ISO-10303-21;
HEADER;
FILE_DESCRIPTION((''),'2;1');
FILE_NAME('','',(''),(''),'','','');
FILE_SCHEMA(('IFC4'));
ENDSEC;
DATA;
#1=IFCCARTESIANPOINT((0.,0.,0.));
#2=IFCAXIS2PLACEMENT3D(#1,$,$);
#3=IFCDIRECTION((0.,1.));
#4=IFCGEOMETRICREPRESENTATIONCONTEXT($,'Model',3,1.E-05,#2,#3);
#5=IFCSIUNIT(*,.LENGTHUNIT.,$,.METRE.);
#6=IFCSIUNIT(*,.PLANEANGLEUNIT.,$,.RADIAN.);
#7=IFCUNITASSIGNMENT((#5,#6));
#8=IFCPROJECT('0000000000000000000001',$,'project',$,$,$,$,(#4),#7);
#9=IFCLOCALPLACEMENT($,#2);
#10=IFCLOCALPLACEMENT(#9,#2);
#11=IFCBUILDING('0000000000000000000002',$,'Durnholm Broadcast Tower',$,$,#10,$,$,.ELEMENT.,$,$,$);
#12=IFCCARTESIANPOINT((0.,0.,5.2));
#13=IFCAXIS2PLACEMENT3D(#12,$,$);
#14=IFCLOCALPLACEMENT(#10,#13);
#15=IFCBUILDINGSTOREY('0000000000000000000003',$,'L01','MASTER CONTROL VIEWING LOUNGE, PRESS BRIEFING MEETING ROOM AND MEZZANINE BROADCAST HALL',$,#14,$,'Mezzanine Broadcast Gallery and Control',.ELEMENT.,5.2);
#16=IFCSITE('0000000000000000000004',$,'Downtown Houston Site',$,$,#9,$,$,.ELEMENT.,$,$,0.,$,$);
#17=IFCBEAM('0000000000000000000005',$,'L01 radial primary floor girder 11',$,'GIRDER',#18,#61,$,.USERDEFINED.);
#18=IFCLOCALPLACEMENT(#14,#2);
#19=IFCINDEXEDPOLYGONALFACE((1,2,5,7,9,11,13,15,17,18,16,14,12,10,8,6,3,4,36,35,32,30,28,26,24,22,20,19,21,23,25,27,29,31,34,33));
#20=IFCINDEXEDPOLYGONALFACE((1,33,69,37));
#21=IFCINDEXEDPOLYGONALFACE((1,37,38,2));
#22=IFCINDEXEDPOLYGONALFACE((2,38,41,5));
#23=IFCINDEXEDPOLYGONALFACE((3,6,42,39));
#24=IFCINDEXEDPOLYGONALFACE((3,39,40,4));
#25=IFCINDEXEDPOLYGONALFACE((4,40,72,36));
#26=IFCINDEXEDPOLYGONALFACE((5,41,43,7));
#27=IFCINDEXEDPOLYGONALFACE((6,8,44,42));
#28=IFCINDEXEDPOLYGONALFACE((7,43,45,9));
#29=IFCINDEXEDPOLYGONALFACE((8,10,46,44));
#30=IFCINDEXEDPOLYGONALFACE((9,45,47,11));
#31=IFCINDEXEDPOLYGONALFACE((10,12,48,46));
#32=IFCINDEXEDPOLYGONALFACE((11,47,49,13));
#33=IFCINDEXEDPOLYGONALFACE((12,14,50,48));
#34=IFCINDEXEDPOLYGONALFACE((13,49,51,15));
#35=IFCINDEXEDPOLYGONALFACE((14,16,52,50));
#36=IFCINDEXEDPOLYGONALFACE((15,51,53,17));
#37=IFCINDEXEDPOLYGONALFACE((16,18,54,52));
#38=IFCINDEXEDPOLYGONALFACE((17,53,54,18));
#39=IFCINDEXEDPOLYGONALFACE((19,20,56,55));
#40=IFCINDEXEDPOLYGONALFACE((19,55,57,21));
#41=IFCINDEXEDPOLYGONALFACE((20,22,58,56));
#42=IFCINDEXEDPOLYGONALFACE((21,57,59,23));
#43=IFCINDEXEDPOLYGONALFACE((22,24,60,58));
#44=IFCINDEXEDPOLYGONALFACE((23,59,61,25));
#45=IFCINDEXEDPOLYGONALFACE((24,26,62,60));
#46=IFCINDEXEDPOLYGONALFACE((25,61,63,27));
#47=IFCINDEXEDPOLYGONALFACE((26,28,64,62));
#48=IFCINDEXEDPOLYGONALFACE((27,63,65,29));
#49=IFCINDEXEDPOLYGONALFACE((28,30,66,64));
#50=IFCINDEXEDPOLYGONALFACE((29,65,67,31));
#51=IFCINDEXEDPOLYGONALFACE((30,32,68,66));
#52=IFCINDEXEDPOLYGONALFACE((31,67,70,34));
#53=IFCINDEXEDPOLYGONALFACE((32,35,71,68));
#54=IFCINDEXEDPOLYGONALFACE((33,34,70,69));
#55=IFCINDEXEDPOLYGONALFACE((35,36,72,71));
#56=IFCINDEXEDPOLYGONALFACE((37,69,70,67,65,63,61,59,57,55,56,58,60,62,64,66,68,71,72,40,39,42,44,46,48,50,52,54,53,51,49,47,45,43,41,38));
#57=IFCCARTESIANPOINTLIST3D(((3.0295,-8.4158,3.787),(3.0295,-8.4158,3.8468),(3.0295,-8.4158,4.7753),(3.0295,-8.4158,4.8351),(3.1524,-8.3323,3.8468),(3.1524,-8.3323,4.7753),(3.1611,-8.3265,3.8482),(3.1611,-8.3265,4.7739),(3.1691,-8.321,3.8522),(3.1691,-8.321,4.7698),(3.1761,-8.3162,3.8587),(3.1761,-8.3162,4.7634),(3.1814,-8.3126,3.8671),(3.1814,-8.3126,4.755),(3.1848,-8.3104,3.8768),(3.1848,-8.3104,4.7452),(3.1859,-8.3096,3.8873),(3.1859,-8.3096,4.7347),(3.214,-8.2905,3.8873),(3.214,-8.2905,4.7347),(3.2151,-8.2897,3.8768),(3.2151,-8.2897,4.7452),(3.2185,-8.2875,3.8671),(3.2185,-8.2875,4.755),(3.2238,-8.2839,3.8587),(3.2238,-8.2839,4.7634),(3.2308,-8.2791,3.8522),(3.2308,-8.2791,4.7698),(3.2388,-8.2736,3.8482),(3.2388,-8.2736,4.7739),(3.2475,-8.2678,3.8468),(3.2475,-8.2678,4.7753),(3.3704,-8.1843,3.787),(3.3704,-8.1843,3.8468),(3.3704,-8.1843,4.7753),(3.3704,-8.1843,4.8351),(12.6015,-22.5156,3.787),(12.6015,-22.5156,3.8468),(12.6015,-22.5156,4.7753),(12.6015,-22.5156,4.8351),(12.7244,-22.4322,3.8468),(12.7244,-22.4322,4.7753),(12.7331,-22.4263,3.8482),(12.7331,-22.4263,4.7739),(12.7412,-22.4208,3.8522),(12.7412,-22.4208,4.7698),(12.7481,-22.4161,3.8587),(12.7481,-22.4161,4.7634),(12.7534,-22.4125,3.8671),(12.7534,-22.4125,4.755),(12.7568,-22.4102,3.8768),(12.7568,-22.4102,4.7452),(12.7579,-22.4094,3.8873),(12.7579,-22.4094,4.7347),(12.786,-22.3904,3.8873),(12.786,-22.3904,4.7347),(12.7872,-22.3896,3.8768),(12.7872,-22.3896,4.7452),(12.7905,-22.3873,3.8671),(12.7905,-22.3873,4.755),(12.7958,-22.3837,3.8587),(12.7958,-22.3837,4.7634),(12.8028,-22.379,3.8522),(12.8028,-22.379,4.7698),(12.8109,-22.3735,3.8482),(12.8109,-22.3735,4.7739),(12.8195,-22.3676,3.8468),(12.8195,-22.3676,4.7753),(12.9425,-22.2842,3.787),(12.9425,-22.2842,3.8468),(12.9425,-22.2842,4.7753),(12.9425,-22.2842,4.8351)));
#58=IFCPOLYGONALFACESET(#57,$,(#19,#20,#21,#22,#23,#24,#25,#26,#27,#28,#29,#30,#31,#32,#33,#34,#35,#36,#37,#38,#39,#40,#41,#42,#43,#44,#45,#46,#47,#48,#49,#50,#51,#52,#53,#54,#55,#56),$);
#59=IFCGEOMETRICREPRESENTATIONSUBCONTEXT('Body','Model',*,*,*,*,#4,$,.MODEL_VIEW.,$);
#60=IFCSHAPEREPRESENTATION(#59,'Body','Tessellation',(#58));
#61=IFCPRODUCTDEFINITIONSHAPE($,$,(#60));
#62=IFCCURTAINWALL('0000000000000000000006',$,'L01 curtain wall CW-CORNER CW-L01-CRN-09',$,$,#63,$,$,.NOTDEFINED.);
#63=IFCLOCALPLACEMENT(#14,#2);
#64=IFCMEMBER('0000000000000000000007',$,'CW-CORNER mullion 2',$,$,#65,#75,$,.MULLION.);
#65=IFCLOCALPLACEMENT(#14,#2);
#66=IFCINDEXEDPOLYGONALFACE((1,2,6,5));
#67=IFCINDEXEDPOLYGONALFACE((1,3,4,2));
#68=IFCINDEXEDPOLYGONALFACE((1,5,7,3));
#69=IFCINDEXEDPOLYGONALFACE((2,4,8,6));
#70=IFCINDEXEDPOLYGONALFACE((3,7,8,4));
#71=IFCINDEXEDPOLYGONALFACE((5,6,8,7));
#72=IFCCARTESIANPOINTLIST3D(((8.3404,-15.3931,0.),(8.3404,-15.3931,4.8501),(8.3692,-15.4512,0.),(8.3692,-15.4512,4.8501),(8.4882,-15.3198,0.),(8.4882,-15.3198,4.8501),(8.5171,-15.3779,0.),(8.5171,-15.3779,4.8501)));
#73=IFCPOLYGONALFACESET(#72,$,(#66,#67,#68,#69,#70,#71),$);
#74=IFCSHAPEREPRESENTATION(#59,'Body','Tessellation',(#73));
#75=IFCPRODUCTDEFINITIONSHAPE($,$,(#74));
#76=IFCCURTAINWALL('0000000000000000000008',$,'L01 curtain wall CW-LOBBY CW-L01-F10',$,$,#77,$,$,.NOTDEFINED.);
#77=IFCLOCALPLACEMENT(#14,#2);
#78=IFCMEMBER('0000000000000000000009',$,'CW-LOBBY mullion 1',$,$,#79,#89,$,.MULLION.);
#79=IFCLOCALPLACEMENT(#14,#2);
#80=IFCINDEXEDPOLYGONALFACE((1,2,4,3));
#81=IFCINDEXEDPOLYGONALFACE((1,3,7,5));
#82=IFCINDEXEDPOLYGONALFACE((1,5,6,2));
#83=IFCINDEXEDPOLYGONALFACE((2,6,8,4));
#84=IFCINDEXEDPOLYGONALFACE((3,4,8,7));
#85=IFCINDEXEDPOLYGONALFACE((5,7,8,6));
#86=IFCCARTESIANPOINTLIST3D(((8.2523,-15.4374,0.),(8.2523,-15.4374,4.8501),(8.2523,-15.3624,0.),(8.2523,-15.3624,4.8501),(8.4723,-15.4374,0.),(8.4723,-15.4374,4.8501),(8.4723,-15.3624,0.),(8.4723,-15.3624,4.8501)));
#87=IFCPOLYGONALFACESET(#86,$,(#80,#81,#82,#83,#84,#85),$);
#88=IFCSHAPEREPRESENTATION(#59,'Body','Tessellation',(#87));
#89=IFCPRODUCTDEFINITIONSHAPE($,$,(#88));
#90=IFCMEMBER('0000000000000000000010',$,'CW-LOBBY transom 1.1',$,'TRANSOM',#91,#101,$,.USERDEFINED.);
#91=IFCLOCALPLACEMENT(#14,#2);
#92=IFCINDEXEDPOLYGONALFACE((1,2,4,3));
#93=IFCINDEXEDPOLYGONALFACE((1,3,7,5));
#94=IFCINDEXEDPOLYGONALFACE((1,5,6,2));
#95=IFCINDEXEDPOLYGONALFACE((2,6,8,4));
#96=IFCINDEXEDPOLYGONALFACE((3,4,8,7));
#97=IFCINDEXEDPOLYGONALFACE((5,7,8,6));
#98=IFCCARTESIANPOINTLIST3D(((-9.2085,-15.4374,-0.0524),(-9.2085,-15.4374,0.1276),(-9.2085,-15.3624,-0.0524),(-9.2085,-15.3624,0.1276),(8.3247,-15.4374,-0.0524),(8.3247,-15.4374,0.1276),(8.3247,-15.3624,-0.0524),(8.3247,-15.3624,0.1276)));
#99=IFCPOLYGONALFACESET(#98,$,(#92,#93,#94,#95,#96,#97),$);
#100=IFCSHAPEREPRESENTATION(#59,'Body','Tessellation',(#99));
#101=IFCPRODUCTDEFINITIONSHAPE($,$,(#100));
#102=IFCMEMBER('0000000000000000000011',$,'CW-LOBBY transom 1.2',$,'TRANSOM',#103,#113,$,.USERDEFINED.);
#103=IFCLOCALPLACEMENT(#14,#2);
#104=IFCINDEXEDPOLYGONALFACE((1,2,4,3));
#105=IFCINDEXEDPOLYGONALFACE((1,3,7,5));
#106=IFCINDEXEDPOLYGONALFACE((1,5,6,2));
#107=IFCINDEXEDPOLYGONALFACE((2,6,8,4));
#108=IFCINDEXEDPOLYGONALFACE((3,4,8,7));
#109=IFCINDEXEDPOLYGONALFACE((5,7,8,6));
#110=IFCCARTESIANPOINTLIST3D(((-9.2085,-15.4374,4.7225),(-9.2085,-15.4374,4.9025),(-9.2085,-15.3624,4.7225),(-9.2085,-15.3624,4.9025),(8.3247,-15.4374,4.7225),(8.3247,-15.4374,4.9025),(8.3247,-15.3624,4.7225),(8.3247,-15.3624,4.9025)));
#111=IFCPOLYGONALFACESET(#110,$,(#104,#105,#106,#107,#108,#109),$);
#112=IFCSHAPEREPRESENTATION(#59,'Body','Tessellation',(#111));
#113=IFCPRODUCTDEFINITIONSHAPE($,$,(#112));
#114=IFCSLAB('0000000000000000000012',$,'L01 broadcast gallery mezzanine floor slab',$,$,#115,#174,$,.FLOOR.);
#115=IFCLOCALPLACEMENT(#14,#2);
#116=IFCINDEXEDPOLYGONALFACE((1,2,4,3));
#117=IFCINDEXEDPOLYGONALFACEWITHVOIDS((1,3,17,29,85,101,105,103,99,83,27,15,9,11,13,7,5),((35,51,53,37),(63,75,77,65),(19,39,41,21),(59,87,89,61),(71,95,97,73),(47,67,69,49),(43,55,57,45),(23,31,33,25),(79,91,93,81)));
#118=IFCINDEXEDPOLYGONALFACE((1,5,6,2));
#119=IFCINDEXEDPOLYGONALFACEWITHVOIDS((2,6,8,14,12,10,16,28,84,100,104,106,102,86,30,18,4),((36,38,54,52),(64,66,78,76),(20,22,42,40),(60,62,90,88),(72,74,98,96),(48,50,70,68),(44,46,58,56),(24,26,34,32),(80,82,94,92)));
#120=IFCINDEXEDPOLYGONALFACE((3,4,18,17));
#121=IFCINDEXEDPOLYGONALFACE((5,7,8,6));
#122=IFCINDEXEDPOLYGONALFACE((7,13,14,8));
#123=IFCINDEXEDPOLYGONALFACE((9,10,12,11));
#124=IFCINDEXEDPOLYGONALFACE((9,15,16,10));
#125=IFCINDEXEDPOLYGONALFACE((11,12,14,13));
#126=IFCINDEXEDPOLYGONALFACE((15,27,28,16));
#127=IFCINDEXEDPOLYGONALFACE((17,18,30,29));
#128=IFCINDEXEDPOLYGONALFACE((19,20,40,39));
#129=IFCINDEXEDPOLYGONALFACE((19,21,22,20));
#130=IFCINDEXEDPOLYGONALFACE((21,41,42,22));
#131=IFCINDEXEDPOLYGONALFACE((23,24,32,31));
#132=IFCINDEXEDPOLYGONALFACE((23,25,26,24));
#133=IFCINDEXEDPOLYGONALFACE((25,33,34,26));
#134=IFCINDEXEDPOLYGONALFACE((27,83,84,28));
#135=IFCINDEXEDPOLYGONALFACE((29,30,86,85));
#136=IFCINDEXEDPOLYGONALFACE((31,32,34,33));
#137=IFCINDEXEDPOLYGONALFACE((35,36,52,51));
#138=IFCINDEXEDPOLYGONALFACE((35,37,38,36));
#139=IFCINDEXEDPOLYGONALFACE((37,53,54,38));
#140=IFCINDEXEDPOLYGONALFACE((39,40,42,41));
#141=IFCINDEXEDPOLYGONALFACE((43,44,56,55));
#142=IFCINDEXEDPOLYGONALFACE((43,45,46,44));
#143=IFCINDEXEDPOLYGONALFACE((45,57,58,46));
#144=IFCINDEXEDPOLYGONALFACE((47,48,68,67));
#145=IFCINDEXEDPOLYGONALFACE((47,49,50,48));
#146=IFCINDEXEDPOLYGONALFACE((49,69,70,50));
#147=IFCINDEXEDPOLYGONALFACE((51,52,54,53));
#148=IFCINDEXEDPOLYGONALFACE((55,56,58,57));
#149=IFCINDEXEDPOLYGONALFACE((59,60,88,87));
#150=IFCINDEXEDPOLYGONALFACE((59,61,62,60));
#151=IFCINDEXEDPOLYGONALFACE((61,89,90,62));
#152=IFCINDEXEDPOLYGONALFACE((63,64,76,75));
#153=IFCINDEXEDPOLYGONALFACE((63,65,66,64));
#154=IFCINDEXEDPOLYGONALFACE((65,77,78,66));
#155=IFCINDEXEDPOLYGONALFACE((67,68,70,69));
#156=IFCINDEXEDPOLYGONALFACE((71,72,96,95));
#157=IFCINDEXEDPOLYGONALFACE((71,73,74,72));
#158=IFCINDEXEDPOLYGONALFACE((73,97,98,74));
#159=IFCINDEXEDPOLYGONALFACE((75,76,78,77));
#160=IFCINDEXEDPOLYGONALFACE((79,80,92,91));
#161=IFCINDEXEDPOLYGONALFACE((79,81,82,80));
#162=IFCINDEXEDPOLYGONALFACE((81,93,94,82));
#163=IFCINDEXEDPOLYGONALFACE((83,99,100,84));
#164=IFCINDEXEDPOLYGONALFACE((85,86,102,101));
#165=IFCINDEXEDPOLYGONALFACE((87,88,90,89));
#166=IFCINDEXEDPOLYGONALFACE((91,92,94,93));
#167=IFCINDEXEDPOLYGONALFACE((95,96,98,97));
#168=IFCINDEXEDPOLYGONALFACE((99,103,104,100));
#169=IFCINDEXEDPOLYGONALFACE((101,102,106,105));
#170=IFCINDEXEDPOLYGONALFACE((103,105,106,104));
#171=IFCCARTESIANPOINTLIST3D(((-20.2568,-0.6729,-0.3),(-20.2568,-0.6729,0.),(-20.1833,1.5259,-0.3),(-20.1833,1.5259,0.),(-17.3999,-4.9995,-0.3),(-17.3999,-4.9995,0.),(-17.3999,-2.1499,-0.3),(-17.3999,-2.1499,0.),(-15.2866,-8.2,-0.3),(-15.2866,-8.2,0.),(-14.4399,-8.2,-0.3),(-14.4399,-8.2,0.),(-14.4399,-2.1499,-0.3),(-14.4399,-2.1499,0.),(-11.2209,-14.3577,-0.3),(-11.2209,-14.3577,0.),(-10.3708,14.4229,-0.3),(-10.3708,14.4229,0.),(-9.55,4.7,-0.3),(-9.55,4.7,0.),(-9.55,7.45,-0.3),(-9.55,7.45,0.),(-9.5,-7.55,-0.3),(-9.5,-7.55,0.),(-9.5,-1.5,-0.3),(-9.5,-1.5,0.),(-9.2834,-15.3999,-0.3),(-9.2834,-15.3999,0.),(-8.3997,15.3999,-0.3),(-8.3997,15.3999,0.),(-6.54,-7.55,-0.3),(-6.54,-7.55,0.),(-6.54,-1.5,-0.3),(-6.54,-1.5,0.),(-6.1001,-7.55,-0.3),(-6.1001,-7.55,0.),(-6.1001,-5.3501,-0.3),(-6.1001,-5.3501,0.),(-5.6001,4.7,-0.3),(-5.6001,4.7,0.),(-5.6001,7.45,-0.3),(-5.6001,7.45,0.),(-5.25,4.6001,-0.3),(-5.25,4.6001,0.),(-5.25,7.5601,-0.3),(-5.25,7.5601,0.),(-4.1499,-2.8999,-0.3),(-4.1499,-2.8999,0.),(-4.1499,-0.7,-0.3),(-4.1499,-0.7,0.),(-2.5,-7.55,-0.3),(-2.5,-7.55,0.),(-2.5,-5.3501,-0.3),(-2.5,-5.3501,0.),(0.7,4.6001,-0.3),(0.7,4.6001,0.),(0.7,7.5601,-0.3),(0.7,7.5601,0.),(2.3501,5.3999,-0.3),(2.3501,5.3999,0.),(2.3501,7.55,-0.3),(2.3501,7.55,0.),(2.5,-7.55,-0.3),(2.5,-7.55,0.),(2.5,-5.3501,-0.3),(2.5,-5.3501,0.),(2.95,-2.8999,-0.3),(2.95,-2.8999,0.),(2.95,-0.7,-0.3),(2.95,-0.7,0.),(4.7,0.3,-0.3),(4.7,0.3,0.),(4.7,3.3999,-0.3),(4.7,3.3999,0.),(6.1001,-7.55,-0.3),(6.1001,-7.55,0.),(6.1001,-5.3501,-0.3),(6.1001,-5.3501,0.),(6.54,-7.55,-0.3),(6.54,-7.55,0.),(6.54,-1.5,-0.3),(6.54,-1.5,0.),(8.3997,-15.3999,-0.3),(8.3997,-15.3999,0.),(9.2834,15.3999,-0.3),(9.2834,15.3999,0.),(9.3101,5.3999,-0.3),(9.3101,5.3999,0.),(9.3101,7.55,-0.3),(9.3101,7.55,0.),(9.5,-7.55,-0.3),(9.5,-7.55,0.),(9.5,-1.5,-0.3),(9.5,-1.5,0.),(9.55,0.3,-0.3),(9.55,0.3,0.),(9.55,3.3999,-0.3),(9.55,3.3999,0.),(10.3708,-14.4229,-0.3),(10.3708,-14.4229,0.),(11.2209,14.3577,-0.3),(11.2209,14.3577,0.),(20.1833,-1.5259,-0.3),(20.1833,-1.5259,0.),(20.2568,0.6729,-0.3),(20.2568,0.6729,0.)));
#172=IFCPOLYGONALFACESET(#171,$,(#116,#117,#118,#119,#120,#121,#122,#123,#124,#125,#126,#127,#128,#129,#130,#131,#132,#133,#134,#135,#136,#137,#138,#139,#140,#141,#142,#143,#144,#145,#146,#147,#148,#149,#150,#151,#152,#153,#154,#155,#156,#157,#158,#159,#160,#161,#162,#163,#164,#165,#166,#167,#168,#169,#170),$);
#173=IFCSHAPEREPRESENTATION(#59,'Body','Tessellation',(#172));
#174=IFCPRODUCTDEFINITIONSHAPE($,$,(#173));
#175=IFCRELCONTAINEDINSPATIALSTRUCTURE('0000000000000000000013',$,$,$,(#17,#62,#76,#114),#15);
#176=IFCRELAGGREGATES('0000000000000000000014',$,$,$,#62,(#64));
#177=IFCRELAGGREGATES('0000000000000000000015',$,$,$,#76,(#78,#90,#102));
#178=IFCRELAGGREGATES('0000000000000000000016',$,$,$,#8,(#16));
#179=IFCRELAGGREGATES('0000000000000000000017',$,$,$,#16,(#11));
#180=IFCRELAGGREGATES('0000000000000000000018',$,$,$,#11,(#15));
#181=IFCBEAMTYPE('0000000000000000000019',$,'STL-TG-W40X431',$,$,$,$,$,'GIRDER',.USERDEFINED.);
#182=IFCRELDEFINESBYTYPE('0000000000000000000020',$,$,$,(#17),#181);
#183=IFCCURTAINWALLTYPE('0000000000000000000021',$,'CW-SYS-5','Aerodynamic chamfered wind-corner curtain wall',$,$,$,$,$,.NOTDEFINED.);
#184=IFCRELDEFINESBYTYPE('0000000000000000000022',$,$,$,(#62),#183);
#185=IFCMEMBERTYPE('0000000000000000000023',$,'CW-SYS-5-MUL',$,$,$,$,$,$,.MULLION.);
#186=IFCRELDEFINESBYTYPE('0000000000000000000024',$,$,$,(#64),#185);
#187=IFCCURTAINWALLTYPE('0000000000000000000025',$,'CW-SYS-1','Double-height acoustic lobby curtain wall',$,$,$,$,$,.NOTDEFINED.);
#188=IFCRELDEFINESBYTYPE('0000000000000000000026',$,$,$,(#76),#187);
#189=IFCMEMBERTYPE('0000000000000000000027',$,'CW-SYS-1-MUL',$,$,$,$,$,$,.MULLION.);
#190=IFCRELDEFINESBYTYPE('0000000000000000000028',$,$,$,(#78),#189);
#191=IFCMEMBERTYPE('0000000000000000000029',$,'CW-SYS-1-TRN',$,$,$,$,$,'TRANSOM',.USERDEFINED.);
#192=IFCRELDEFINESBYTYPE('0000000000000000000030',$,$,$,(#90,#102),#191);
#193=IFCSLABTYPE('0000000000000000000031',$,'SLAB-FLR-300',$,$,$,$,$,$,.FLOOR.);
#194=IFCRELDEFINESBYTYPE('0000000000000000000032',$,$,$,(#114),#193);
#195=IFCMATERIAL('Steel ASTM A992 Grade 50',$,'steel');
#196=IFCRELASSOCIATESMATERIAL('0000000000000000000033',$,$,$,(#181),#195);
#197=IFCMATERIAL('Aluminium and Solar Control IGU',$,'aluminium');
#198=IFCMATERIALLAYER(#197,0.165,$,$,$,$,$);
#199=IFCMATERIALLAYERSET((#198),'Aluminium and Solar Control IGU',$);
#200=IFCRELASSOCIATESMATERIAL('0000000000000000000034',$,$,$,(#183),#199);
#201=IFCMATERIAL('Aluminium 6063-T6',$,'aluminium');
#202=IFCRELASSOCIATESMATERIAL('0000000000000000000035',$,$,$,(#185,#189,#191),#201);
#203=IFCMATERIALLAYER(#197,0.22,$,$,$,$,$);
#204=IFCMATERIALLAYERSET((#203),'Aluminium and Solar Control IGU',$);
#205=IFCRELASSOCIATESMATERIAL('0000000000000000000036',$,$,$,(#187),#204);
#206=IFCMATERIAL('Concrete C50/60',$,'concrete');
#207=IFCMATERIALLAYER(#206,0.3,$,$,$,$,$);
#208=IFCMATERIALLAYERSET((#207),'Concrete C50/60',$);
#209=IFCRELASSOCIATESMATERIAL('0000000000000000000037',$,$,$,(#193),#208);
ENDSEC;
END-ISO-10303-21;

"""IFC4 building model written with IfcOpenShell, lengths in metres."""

from ifc_helpers import new_model, si_unit, direction, frame, origin, origin_2d, place, context, subcontext, project, spatial, polyline, rectangle, i_section, outline, extrude, source, transform, mapped, material, layer, layer_set, material_profile, profile_set, type_object, type_shapes, element, aggregate, save


model = new_model("IFC4")

# Units and contexts
model_context = context("Model", 3, precision=1e-05, world=origin(), true_north=direction((0.0, 1.0)))
body_context = subcontext(model_context, "Body", "Model", "MODEL_VIEW")
ifc_project = project(units=[si_unit("LENGTHUNIT", "METRE"), si_unit("PLANEANGLEUNIT", "RADIAN")], contexts=[model_context])

# Site, building, storey
site_placement = place(None, origin())
site = spatial("IfcSite", under=ifc_project, at=site_placement, Name="Downtown Houston Site", CompositionType="ELEMENT", RefElevation=0.0)
building_placement = place(site_placement, origin())
building = spatial("IfcBuilding", under=site, at=building_placement, Name="Durnholm Broadcast Tower", CompositionType="ELEMENT")
storey_placement = place(building_placement, frame((0.0, 0.0, 5.2)))
storey = spatial("IfcBuildingStorey", under=building, at=storey_placement, Name="L01", Description="MASTER CONTROL VIEWING LOUNGE, PRESS BRIEFING MEETING ROOM AND MEZZANINE BROADCAST HALL", LongName="Mezzanine Broadcast Gallery and Control", CompositionType="ELEMENT", Elevation=5.2)

# Shared definitions
ifc_material_1 = material(Name="Steel ASTM A992 Grade 50", Category="steel")

# Beam
ifc_material_profile_1 = material_profile(ifc_material_1, i_section(OverallWidth=0.4121, OverallDepth=1.0481, WebThickness=0.0339, FlangeThickness=0.0598, FilletRadius=0.0405, at=origin_2d()), Name="W40X431")
ifc_profile_set_1 = profile_set([ifc_material_profile_1], Name="Steel ASTM A992 Grade 50")
beam_type = type_object("IfcBeamType", Name="STL-TG-W40X431", ElementType="GIRDER", PredefinedType="USERDEFINED", material=ifc_profile_set_1)
shared_shape_1 = source(origin(), body_context, "Body", "SweptSolid", [
    extrude(i_section(OverallWidth=0.4121, OverallDepth=1.0481, WebThickness=0.0339, FlangeThickness=0.0598, FilletRadius=0.0405, at=origin_2d()), origin(), (0.0, 0.0, 1.0), 17.042),
])
beam_1_placement = place(storey_placement, frame((3.2, -8.3, 4.311), z_axis=(0.561673, -0.82736, 0.0), x_axis=(0.82736, 0.561673, 0.0)))
element("IfcBeam", 1, at=beam_1_placement, inside=storey, type_object=beam_type, Name="L01 radial primary floor girder 11", ObjectType="GIRDER", PredefinedType="USERDEFINED", context=body_context, shape_type="MappedRepresentation", body=[
    mapped(shared_shape_1, transform((0.0, 0.0, 0.0), x_axis=(1.0, 0.0, 0.0), y_axis=(0.0, 1.0, 0.0), z_axis=(0.0, 0.0, 1.0), scale=1.0)),
])

# Curtain wall, member
ifc_material_2 = material(Name="Aluminium and Solar Control IGU", Category="aluminium")
ifc_layer_1 = layer(ifc_material_2, 0.165)
ifc_layer_set_1 = layer_set([ifc_layer_1], Name="Aluminium and Solar Control IGU")
curtain_wall_type_1 = type_object("IfcCurtainWallType", Name="CW-SYS-5", Description="Aerodynamic chamfered wind-corner curtain wall", PredefinedType="NOTDEFINED", material=ifc_layer_set_1)
curtain_wall_1_placement = place(storey_placement, origin())
curtain_wall_1 = element("IfcCurtainWall", 2, at=curtain_wall_1_placement, inside=storey, type_object=curtain_wall_type_1, Name="L01 curtain wall CW-CORNER CW-L01-CRN-09", PredefinedType="NOTDEFINED")
ifc_material_3 = material(Name="Aluminium 6063-T6", Category="aluminium")
ifc_material_profile_2 = material_profile(ifc_material_3, rectangle(XDim=0.0649, YDim=0.165, at=origin_2d()), Name="CWM65X165")
ifc_profile_set_2 = profile_set([ifc_material_profile_2], Name="Aluminium 6063-T6")
member_type_1 = type_object("IfcMemberType", Name="CW-SYS-5-MUL", PredefinedType="MULLION", material=ifc_profile_set_2)
shared_shape_2 = source(origin(), body_context, "Body", "SweptSolid", [
    extrude(rectangle(XDim=0.0649, YDim=0.165, at=origin_2d()), origin(), (0.0, 0.0, 1.0), 4.8501),
])
type_shapes(member_type_1, [shared_shape_2])
member_1_placement = place(storey_placement, frame((8.4287, -15.3855, 0.0), z_axis=(0.0, 0.0, 1.0), x_axis=(0.444138, -0.895958, 0.0)))
member_1 = element("IfcMember", 3, at=member_1_placement, type_object=member_type_1, Name="CW-CORNER mullion 2", PredefinedType="MULLION", context=body_context, shape_type="MappedRepresentation", body=[
    mapped(shared_shape_2, transform((0.0, 0.0, 0.0), x_axis=(1.0, 0.0, 0.0), y_axis=(0.0, 1.0, 0.0), z_axis=(0.0, 0.0, 1.0), scale=1.0)),
])

# Curtain wall, members
ifc_layer_2 = layer(ifc_material_2, 0.22)
ifc_layer_set_2 = layer_set([ifc_layer_2], Name="Aluminium and Solar Control IGU")
curtain_wall_type_2 = type_object("IfcCurtainWallType", Name="CW-SYS-1", Description="Double-height acoustic lobby curtain wall", PredefinedType="NOTDEFINED", material=ifc_layer_set_2)
curtain_wall_2_placement = place(storey_placement, origin())
curtain_wall_2 = element("IfcCurtainWall", 4, at=curtain_wall_2_placement, inside=storey, type_object=curtain_wall_type_2, Name="L01 curtain wall CW-LOBBY CW-L01-F10", PredefinedType="NOTDEFINED")
ifc_material_profile_3 = material_profile(ifc_material_3, rectangle(XDim=0.075, YDim=0.22, at=origin_2d()), Name="CWM75X220")
ifc_profile_set_3 = profile_set([ifc_material_profile_3], Name="Aluminium 6063-T6")
member_type_2 = type_object("IfcMemberType", Name="CW-SYS-1-MUL", PredefinedType="MULLION", material=ifc_profile_set_3)
shared_shape_3 = source(origin(), body_context, "Body", "SweptSolid", [
    extrude(rectangle(XDim=0.075, YDim=0.22, at=origin_2d()), origin(), (0.0, 0.0, 1.0), 4.8501),
])
type_shapes(member_type_2, [shared_shape_3])
member_2_placement = place(storey_placement, frame((8.3623, -15.3999, 0.0), z_axis=(0.0, 0.0, 1.0), x_axis=(0.0, -1.0, 0.0)))
member_2 = element("IfcMember", 5, at=member_2_placement, type_object=member_type_2, Name="CW-LOBBY mullion 1", PredefinedType="MULLION", context=body_context, shape_type="MappedRepresentation", body=[
    mapped(shared_shape_3, transform((0.0, 0.0, 0.0), x_axis=(1.0, 0.0, 0.0), y_axis=(0.0, 1.0, 0.0), z_axis=(0.0, 0.0, 1.0), scale=1.0)),
])
ifc_material_profile_4 = material_profile(ifc_material_3, rectangle(XDim=0.075, YDim=0.1799, at=origin_2d()), Name="CWT75X180")
ifc_profile_set_4 = profile_set([ifc_material_profile_4], Name="Aluminium 6063-T6")
member_type_3 = type_object("IfcMemberType", Name="CW-SYS-1-TRN", ElementType="TRANSOM", PredefinedType="USERDEFINED", material=ifc_profile_set_4)
shared_shape_4 = source(origin(), body_context, "Body", "SweptSolid", [
    extrude(rectangle(XDim=0.075, YDim=0.1799, at=origin_2d()), origin(), (0.0, 0.0, 1.0), 17.5332),
])
type_shapes(member_type_3, [shared_shape_4])
member_3_placement = place(storey_placement, frame((8.3247, -15.3999, 0.0376), z_axis=(-1.0, 0.0, 0.0), x_axis=(0.0, -1.0, 0.0)))
member_3 = element("IfcMember", 6, at=member_3_placement, type_object=member_type_3, Name="CW-LOBBY transom 1.1", ObjectType="TRANSOM", PredefinedType="USERDEFINED", context=body_context, shape_type="MappedRepresentation", body=[
    mapped(shared_shape_4, transform((0.0, 0.0, 0.0), x_axis=(1.0, 0.0, 0.0), y_axis=(0.0, 1.0, 0.0), z_axis=(0.0, 0.0, 1.0), scale=1.0)),
])
member_4_placement = place(storey_placement, frame((8.3247, -15.3999, 4.8125), z_axis=(-1.0, 0.0, 0.0), x_axis=(0.0, -1.0, 0.0)))
member_4 = element("IfcMember", 7, at=member_4_placement, type_object=member_type_3, Name="CW-LOBBY transom 1.2", ObjectType="TRANSOM", PredefinedType="USERDEFINED", context=body_context, shape_type="MappedRepresentation", body=[
    mapped(shared_shape_4, transform((0.0, 0.0, 0.0), x_axis=(1.0, 0.0, 0.0), y_axis=(0.0, 1.0, 0.0), z_axis=(0.0, 0.0, 1.0), scale=1.0)),
])

# Slab
ifc_material_4 = material(Name="Concrete C50/60", Category="concrete")
ifc_layer_3 = layer(ifc_material_4, 0.3)
ifc_layer_set_3 = layer_set([ifc_layer_3], Name="Concrete C50/60")
slab_type_1 = type_object("IfcSlabType", Name="SLAB-FLR-300", PredefinedType="FLOOR", material=ifc_layer_set_3)
slab_1_placement = place(storey_placement, frame((0.0, 0.0, -0.3)))
element("IfcSlab", 8, at=slab_1_placement, inside=storey, type_object=slab_type_1, Name="L01 broadcast gallery mezzanine floor slab", PredefinedType="FLOOR", context=body_context, shape_type="SweptSolid", body=[
    extrude(outline(polyline([(-17.3999, -4.9995), (-17.3999, -2.1499), (-14.4399, -2.1499), (-14.4399, -8.2), (-15.2866, -8.2), (-11.2209, -14.3577), (-9.2834, -15.3999), (8.3997, -15.3999), (10.3708, -14.4229), (20.1833, -1.5259), (20.2568, 0.6729), (11.2209, 14.3577), (9.2834, 15.3999), (-8.3997, 15.3999), (-10.3708, 14.4229), (-20.1833, 1.5259), (-20.2568, -0.6729), (-17.3999, -4.9995)]), holes=[polyline([(-2.5, -5.3501), (-6.1001, -5.3501), (-6.1001, -7.55), (-2.5, -7.55), (-2.5, -5.3501)]), polyline([(6.1001, -5.3501), (2.5, -5.3501), (2.5, -7.55), (6.1001, -7.55), (6.1001, -5.3501)]), polyline([(-9.5, -7.55), (-6.54, -7.55), (-6.54, -1.5), (-9.5, -1.5), (-9.5, -7.55)]), polyline([(6.54, -7.55), (9.5, -7.55), (9.5, -1.5), (6.54, -1.5), (6.54, -7.55)]), polyline([(2.95, -0.7), (-4.1499, -0.7), (-4.1499, -2.8999), (2.95, -2.8999), (2.95, -0.7)]), polyline([(9.55, 3.3999), (4.7, 3.3999), (4.7, 0.3), (9.55, 0.3), (9.55, 3.3999)]), polyline([(-5.6001, 7.45), (-9.55, 7.45), (-9.55, 4.7), (-5.6001, 4.7), (-5.6001, 7.45)]), polyline([(-5.25, 7.5601), (-5.25, 4.6001), (0.7, 4.6001), (0.7, 7.5601), (-5.25, 7.5601)]), polyline([(9.3101, 5.3999), (9.3101, 7.55), (2.3501, 7.55), (2.3501, 5.3999), (9.3101, 5.3999)])]), origin(), (0.0, 0.0, 1.0), 0.3),
])

aggregate(curtain_wall_1, [member_1])
aggregate(curtain_wall_2, [member_2, member_3, member_4])

save(model, "model.ifc")
